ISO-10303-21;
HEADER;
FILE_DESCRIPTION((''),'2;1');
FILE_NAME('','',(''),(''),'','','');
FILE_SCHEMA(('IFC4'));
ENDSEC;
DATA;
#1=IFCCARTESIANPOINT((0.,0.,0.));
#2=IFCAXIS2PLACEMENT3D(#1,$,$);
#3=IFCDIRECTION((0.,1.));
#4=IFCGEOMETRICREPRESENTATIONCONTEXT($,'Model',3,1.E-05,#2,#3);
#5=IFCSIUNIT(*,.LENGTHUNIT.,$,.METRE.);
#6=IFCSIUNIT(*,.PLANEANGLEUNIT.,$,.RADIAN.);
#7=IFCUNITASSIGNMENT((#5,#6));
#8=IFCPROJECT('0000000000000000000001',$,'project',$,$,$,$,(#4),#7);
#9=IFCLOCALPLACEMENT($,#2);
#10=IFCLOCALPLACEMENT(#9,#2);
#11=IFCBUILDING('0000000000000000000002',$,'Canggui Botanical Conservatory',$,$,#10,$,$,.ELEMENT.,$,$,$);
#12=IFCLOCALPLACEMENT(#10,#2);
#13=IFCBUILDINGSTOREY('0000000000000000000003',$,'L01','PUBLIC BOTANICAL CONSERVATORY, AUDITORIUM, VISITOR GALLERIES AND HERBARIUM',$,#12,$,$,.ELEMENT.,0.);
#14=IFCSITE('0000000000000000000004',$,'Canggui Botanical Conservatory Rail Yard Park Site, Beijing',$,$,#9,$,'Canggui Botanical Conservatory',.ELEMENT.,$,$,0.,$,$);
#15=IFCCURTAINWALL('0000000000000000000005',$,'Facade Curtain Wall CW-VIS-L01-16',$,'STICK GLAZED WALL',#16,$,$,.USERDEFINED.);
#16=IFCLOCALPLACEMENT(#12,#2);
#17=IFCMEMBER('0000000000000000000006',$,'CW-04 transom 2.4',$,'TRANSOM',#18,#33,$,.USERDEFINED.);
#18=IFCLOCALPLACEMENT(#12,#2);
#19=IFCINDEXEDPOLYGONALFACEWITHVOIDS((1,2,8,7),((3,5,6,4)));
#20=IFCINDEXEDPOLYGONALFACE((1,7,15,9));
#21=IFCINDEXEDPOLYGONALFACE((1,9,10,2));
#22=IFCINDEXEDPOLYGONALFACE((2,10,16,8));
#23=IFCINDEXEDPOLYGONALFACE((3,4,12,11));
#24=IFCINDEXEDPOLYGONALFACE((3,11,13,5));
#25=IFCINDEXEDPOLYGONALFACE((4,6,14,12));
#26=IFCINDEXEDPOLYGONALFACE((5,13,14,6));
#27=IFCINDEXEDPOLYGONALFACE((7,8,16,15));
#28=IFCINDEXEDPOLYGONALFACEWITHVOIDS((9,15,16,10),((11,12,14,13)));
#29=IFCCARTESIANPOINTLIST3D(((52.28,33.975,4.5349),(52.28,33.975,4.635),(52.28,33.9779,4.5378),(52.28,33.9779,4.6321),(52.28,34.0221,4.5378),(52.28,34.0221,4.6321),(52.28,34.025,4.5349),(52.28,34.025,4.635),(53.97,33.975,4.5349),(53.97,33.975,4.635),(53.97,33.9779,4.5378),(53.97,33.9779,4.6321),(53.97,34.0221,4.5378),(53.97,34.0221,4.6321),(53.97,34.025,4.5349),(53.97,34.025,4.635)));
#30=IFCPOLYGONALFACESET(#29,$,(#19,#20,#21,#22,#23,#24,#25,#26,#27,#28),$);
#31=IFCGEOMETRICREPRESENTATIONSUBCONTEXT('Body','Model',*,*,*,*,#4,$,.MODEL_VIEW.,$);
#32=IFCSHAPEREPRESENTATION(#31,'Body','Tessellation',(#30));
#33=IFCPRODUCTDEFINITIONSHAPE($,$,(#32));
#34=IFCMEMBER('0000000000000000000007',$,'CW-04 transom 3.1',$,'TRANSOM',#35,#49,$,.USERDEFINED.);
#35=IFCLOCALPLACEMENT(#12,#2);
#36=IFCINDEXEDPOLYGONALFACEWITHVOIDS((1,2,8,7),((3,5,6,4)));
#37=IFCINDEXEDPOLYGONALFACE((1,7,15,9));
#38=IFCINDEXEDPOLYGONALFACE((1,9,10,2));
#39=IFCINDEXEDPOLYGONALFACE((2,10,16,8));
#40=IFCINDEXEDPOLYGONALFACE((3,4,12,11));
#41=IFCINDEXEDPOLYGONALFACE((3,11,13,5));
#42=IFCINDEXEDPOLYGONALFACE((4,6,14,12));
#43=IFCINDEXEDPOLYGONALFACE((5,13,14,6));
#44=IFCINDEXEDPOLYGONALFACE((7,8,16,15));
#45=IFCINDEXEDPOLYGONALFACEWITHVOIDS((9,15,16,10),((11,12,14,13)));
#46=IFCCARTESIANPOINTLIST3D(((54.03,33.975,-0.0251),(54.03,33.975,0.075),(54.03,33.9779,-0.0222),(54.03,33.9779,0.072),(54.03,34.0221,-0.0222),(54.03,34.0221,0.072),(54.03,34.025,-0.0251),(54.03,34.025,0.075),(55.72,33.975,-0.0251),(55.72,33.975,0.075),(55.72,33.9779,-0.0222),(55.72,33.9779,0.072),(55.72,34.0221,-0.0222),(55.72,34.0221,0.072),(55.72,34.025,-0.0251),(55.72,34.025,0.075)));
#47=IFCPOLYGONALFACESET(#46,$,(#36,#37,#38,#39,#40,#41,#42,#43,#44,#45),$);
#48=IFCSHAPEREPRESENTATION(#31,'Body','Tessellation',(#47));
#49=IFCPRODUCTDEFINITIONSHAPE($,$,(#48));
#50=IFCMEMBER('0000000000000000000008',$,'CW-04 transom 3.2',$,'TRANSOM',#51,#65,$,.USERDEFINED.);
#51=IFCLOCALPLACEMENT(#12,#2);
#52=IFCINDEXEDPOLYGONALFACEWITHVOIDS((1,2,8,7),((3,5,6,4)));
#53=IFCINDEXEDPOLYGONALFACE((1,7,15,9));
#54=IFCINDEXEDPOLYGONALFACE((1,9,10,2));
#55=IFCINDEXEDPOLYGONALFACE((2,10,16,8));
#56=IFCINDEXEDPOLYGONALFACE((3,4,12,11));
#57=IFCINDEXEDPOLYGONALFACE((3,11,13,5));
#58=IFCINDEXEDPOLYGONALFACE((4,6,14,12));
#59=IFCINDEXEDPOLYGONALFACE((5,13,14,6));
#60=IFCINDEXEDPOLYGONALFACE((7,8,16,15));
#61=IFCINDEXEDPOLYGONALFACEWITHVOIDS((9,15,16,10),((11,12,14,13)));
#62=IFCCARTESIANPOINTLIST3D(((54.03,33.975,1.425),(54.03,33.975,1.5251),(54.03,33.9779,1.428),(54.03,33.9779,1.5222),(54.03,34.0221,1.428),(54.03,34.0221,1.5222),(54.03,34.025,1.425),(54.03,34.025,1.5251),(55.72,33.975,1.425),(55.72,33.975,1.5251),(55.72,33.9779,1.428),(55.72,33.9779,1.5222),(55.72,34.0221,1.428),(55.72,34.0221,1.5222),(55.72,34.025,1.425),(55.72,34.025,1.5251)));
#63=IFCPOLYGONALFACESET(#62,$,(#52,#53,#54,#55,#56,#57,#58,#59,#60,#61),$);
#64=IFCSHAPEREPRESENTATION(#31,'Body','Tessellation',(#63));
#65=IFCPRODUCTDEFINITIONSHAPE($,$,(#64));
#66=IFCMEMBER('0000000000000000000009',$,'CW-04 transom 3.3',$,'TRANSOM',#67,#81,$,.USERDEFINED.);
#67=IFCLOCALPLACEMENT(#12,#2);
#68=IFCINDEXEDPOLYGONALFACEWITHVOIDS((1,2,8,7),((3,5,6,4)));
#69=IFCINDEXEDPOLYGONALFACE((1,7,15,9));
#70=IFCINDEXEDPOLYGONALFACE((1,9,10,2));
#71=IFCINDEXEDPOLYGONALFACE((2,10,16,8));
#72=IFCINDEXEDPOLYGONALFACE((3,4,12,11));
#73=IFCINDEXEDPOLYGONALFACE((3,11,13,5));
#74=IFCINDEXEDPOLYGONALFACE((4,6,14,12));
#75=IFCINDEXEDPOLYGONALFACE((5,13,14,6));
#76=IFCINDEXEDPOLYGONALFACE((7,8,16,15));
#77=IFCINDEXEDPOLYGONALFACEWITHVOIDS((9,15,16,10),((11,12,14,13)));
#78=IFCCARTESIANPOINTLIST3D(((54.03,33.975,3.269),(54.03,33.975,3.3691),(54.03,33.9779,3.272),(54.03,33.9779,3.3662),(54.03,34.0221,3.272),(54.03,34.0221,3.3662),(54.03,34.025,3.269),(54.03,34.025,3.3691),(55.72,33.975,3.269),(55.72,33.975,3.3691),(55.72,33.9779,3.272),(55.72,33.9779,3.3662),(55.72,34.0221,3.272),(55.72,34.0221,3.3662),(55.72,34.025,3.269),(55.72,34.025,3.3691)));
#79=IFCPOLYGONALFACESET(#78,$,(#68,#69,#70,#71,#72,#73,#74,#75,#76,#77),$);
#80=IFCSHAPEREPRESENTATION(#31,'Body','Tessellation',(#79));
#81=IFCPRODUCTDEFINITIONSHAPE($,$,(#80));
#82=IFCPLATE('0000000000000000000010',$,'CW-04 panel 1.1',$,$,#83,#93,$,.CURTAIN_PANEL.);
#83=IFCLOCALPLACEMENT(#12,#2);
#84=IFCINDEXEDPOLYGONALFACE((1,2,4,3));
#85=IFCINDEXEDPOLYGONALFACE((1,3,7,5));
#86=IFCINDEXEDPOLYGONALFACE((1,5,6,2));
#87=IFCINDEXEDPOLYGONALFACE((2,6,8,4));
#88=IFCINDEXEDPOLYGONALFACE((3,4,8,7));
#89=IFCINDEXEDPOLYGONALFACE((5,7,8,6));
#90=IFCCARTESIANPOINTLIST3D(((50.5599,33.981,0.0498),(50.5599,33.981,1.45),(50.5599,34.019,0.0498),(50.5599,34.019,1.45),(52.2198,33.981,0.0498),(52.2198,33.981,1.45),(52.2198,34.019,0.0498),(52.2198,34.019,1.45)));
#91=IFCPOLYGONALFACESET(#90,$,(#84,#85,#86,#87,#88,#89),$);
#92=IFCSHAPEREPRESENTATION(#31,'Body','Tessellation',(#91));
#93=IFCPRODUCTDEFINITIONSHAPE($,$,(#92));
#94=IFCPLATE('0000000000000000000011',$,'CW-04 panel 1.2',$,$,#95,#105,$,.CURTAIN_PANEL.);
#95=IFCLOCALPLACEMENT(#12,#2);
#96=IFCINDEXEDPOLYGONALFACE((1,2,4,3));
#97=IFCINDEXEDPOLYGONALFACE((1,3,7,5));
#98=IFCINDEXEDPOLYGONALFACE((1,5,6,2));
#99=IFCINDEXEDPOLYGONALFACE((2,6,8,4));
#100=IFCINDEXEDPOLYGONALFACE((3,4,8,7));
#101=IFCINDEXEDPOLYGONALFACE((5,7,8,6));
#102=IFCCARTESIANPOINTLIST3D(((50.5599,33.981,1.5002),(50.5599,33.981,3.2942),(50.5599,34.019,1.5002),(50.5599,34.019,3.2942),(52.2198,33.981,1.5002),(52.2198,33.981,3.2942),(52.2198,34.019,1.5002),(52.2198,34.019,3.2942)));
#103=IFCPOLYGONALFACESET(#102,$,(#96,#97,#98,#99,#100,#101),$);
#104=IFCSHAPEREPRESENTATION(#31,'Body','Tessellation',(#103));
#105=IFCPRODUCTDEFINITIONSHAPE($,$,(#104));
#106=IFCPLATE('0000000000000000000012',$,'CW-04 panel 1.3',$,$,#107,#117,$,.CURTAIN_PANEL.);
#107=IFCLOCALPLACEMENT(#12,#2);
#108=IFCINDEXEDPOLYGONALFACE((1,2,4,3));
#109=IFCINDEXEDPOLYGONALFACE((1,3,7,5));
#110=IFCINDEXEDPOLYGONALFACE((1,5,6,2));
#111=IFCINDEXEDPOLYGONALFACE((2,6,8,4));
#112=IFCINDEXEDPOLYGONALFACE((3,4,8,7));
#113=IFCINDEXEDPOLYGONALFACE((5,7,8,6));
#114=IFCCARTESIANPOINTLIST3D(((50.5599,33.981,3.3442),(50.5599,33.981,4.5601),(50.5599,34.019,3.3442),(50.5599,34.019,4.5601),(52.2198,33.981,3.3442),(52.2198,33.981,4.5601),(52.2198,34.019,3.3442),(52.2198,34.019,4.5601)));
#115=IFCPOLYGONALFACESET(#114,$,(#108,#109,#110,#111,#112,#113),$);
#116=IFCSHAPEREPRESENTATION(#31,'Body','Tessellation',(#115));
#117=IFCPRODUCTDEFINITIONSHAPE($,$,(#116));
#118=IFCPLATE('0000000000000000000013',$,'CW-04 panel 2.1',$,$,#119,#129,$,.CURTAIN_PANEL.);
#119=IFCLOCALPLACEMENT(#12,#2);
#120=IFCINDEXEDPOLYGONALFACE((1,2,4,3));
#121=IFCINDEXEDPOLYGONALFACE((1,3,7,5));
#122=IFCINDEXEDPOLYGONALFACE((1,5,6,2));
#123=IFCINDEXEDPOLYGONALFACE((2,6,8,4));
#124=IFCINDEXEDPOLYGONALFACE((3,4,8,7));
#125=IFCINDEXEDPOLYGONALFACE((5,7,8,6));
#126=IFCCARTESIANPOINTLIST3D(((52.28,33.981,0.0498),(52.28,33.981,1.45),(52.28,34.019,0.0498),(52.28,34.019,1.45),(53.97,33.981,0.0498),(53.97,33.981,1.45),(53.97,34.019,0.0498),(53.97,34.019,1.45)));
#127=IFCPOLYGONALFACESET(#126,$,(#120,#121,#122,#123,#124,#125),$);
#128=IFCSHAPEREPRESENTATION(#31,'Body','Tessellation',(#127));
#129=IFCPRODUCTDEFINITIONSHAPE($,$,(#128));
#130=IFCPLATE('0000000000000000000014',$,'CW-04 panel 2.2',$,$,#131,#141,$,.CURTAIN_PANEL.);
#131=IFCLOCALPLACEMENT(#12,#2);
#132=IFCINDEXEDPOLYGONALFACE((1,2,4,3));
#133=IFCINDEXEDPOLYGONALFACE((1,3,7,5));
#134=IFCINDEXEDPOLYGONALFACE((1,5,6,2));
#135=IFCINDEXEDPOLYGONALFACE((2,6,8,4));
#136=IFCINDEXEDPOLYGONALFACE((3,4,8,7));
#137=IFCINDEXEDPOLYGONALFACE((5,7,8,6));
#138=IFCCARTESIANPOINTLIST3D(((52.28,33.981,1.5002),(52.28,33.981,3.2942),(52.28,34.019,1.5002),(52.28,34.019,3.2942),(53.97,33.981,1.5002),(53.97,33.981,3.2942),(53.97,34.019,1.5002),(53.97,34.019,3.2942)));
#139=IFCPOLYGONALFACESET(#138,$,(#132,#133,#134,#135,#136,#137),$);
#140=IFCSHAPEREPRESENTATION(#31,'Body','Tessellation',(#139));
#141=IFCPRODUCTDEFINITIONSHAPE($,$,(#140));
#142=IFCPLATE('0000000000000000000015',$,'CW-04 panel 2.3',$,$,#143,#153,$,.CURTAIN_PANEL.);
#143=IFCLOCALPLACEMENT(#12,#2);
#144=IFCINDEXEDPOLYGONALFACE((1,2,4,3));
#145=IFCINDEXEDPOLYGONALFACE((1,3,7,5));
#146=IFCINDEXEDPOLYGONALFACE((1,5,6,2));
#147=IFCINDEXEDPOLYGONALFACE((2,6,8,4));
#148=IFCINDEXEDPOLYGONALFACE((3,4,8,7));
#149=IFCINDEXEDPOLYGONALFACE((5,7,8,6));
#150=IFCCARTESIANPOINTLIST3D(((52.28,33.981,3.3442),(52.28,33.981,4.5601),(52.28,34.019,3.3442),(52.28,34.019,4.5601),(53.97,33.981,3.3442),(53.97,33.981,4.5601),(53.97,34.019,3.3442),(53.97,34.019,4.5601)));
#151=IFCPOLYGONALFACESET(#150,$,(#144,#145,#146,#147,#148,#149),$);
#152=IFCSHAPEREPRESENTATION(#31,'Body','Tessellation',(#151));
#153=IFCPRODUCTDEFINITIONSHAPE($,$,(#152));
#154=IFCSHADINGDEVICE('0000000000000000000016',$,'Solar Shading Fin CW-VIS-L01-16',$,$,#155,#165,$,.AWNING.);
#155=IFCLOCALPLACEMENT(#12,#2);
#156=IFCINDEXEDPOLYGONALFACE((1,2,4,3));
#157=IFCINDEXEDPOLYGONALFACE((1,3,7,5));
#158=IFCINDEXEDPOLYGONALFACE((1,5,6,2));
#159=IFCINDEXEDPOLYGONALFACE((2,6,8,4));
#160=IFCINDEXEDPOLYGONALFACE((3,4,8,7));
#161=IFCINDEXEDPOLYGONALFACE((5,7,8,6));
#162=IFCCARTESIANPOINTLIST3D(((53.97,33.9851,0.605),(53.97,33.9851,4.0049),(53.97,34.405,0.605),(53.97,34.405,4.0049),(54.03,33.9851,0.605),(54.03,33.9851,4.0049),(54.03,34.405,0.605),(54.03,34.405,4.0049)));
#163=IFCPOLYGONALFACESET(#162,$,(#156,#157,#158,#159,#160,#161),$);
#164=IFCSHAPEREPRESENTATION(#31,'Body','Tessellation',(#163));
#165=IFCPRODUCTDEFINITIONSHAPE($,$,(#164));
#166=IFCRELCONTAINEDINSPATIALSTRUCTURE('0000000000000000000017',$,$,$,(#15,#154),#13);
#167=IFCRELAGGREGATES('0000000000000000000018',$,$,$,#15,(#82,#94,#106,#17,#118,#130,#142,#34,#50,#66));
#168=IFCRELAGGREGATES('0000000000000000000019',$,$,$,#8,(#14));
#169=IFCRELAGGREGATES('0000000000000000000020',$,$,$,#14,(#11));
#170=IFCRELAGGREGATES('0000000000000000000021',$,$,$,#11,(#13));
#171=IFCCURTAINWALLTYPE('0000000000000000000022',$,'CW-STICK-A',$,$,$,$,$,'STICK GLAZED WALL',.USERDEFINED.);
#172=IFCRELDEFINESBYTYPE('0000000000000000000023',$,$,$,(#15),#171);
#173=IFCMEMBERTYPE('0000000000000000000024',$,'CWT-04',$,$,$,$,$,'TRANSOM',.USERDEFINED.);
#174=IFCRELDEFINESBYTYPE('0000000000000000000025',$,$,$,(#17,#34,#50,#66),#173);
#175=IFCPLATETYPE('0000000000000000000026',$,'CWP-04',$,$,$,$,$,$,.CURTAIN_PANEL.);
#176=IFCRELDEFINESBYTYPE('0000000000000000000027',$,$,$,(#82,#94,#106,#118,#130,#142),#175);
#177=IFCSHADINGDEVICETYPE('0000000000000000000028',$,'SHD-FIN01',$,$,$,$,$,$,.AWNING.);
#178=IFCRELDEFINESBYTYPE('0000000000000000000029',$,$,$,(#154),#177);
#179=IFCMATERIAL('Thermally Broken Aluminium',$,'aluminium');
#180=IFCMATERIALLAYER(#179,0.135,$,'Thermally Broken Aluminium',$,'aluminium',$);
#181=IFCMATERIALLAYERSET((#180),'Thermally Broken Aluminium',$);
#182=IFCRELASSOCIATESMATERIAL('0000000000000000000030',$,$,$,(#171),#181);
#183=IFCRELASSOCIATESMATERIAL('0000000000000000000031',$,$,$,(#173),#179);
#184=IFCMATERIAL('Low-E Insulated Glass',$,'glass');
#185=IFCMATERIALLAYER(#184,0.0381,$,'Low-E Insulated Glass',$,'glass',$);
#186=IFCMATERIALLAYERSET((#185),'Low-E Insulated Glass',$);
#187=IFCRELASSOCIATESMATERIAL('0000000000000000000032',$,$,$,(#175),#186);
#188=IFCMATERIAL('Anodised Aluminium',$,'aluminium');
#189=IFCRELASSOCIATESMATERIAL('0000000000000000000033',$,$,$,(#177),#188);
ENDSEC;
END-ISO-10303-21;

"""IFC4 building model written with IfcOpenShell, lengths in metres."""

from ifc_helpers import new_model, si_unit, direction, frame, origin, origin_2d, place, context, subcontext, project, spatial, rectangle, hollow_rectangle, extrude, material, layer, layer_set, material_profile, profile_set, type_object, element, aggregate, save


model = new_model("IFC4")

# Units and contexts
model_context = context("Model", 3, precision=1e-05, world=origin(), true_north=direction((0.0, 1.0)))
body_context = subcontext(model_context, "Body", "Model", "MODEL_VIEW")
ifc_project = project(units=[si_unit("LENGTHUNIT", "METRE"), si_unit("PLANEANGLEUNIT", "RADIAN")], contexts=[model_context])

# Site, building, storey
site_placement = place(None, origin())
site = spatial("IfcSite", under=ifc_project, at=site_placement, Name="Canggui Botanical Conservatory Rail Yard Park Site, Beijing", LongName="Canggui Botanical Conservatory", CompositionType="ELEMENT", RefElevation=0.0)
building_placement = place(site_placement, origin())
building = spatial("IfcBuilding", under=site, at=building_placement, Name="Canggui Botanical Conservatory", CompositionType="ELEMENT")
storey_placement = place(building_placement, origin())
storey = spatial("IfcBuildingStorey", under=building, at=storey_placement, Name="L01", Description="PUBLIC BOTANICAL CONSERVATORY, AUDITORIUM, VISITOR GALLERIES AND HERBARIUM", CompositionType="ELEMENT", Elevation=0.0)

# Curtain wall, members, plates
ifc_material_1 = material(Name="Thermally Broken Aluminium", Category="aluminium")
ifc_layer_1 = layer(ifc_material_1, 0.135, Name="Thermally Broken Aluminium", Category="aluminium")
ifc_layer_set_1 = layer_set([ifc_layer_1], Name="Thermally Broken Aluminium")
curtain_wall_type = type_object("IfcCurtainWallType", Name="CW-STICK-A", ElementType="STICK GLAZED WALL", PredefinedType="USERDEFINED", material=ifc_layer_set_1)
curtain_wall_placement = place(storey_placement, origin())
curtain_wall = element("IfcCurtainWall", 1, at=curtain_wall_placement, inside=storey, type_object=curtain_wall_type, Name="Facade Curtain Wall CW-VIS-L01-16", ObjectType="STICK GLAZED WALL", PredefinedType="USERDEFINED")
ifc_material_profile_1 = material_profile(ifc_material_1, hollow_rectangle(XDim=0.05, YDim=0.1001, WallThickness=0.0029, at=origin_2d()), Name="CWT 50x100x3")
ifc_profile_set_1 = profile_set([ifc_material_profile_1], Name="Thermally Broken Aluminium")
member_type_1 = type_object("IfcMemberType", Name="CWT-04", ElementType="TRANSOM", PredefinedType="USERDEFINED", material=ifc_profile_set_1)
member_1_placement = place(storey_placement, frame((52.28, 34.0, 4.585), z_axis=(1.0, 0.0, 0.0), x_axis=(0.0, 1.0, 0.0)))
member_1 = element("IfcMember", 2, at=member_1_placement, type_object=member_type_1, Name="CW-04 transom 2.4", ObjectType="TRANSOM", PredefinedType="USERDEFINED", context=body_context, shape_type="SweptSolid", body=[
    extrude(hollow_rectangle(XDim=0.05, YDim=0.1001, WallThickness=0.0029, at=origin_2d()), origin(), (0.0, 0.0, 1.0), 1.6899),
])
member_2_placement = place(storey_placement, frame((54.03, 34.0, 0.0249), z_axis=(1.0, 0.0, 0.0), x_axis=(0.0, 1.0, 0.0)))
member_2 = element("IfcMember", 3, at=member_2_placement, type_object=member_type_1, Name="CW-04 transom 3.1", ObjectType="TRANSOM", PredefinedType="USERDEFINED", context=body_context, shape_type="SweptSolid", body=[
    extrude(hollow_rectangle(XDim=0.05, YDim=0.1001, WallThickness=0.0029, at=origin_2d()), origin(), (0.0, 0.0, 1.0), 1.6899),
])
member_3_placement = place(storey_placement, frame((54.03, 34.0, 1.4751), z_axis=(1.0, 0.0, 0.0), x_axis=(0.0, 1.0, 0.0)))
member_3 = element("IfcMember", 4, at=member_3_placement, type_object=member_type_1, Name="CW-04 transom 3.2", ObjectType="TRANSOM", PredefinedType="USERDEFINED", context=body_context, shape_type="SweptSolid", body=[
    extrude(hollow_rectangle(XDim=0.05, YDim=0.1001, WallThickness=0.0029, at=origin_2d()), origin(), (0.0, 0.0, 1.0), 1.6899),
])
member_4_placement = place(storey_placement, frame((54.03, 34.0, 3.3191), z_axis=(1.0, 0.0, 0.0), x_axis=(0.0, 1.0, 0.0)))
member_4 = element("IfcMember", 5, at=member_4_placement, type_object=member_type_1, Name="CW-04 transom 3.3", ObjectType="TRANSOM", PredefinedType="USERDEFINED", context=body_context, shape_type="SweptSolid", body=[
    extrude(hollow_rectangle(XDim=0.05, YDim=0.1001, WallThickness=0.0029, at=origin_2d()), origin(), (0.0, 0.0, 1.0), 1.6899),
])
ifc_material_2 = material(Name="Low-E Insulated Glass", Category="glass")
ifc_layer_2 = layer(ifc_material_2, 0.0381, Name="Low-E Insulated Glass", Category="glass")
ifc_layer_set_2 = layer_set([ifc_layer_2], Name="Low-E Insulated Glass")
plate_type = type_object("IfcPlateType", Name="CWP-04", PredefinedType="CURTAIN_PANEL", material=ifc_layer_set_2)
plate_1_placement = place(storey_placement, frame((51.3899, 34.0, 0.0498), z_axis=(0.0, 0.0, 1.0), x_axis=(1.0, 0.0, 0.0)))
plate_1 = element("IfcPlate", 6, at=plate_1_placement, type_object=plate_type, Name="CW-04 panel 1.1", PredefinedType="CURTAIN_PANEL", context=body_context, shape_type="SweptSolid", body=[
    extrude(rectangle(XDim=1.6599, YDim=0.0381, at=origin_2d()), origin(), (0.0, 0.0, 1.0), 1.4001),
])
plate_2_placement = place(storey_placement, frame((51.3899, 34.0, 1.5002), z_axis=(0.0, 0.0, 1.0), x_axis=(1.0, 0.0, 0.0)))
plate_2 = element("IfcPlate", 7, at=plate_2_placement, type_object=plate_type, Name="CW-04 panel 1.2", PredefinedType="CURTAIN_PANEL", context=body_context, shape_type="SweptSolid", body=[
    extrude(rectangle(XDim=1.6599, YDim=0.0381, at=origin_2d()), origin(), (0.0, 0.0, 1.0), 1.7939),
])
plate_3_placement = place(storey_placement, frame((51.3899, 34.0, 3.3442), z_axis=(0.0, 0.0, 1.0), x_axis=(1.0, 0.0, 0.0)))
plate_3 = element("IfcPlate", 8, at=plate_3_placement, type_object=plate_type, Name="CW-04 panel 1.3", PredefinedType="CURTAIN_PANEL", context=body_context, shape_type="SweptSolid", body=[
    extrude(rectangle(XDim=1.6599, YDim=0.0381, at=origin_2d()), origin(), (0.0, 0.0, 1.0), 1.2158),
])
plate_4_placement = place(storey_placement, frame((53.125, 34.0, 0.0498), z_axis=(0.0, 0.0, 1.0), x_axis=(1.0, 0.0, 0.0)))
plate_4 = element("IfcPlate", 9, at=plate_4_placement, type_object=plate_type, Name="CW-04 panel 2.1", PredefinedType="CURTAIN_PANEL", context=body_context, shape_type="SweptSolid", body=[
    extrude(rectangle(XDim=1.6899, YDim=0.0381, at=origin_2d()), origin(), (0.0, 0.0, 1.0), 1.4001),
])
plate_5_placement = place(storey_placement, frame((53.125, 34.0, 1.5002), z_axis=(0.0, 0.0, 1.0), x_axis=(1.0, 0.0, 0.0)))
plate_5 = element("IfcPlate", 10, at=plate_5_placement, type_object=plate_type, Name="CW-04 panel 2.2", PredefinedType="CURTAIN_PANEL", context=body_context, shape_type="SweptSolid", body=[
    extrude(rectangle(XDim=1.6899, YDim=0.0381, at=origin_2d()), origin(), (0.0, 0.0, 1.0), 1.7939),
])
plate_6_placement = place(storey_placement, frame((53.125, 34.0, 3.3442), z_axis=(0.0, 0.0, 1.0), x_axis=(1.0, 0.0, 0.0)))
plate_6 = element("IfcPlate", 11, at=plate_6_placement, type_object=plate_type, Name="CW-04 panel 2.3", PredefinedType="CURTAIN_PANEL", context=body_context, shape_type="SweptSolid", body=[
    extrude(rectangle(XDim=1.6899, YDim=0.0381, at=origin_2d()), origin(), (0.0, 0.0, 1.0), 1.2158),
])
aggregate(curtain_wall, [plate_1, plate_2, plate_3, member_1, plate_4, plate_5, plate_6, member_2, member_3, member_4])

# Shading device
ifc_material_3 = material(Name="Anodised Aluminium", Category="aluminium")
shading_device_type = type_object("IfcShadingDeviceType", Name="SHD-FIN01", PredefinedType="AWNING", material=ifc_material_3)
shading_device_placement = place(storey_placement, frame((54.0, 34.1951, 0.605), z_axis=(0.0, 0.0, 1.0), x_axis=(1.0, 0.0, 0.0)))
element("IfcShadingDevice", 12, at=shading_device_placement, inside=storey, type_object=shading_device_type, Name="Solar Shading Fin CW-VIS-L01-16", PredefinedType="AWNING", context=body_context, shape_type="SweptSolid", body=[
    extrude(rectangle(XDim=0.0601, YDim=0.4199, at=origin_2d()), origin(), (0.0, 0.0, 1.0), 3.3999),
])

save(model, "model.ifc")
